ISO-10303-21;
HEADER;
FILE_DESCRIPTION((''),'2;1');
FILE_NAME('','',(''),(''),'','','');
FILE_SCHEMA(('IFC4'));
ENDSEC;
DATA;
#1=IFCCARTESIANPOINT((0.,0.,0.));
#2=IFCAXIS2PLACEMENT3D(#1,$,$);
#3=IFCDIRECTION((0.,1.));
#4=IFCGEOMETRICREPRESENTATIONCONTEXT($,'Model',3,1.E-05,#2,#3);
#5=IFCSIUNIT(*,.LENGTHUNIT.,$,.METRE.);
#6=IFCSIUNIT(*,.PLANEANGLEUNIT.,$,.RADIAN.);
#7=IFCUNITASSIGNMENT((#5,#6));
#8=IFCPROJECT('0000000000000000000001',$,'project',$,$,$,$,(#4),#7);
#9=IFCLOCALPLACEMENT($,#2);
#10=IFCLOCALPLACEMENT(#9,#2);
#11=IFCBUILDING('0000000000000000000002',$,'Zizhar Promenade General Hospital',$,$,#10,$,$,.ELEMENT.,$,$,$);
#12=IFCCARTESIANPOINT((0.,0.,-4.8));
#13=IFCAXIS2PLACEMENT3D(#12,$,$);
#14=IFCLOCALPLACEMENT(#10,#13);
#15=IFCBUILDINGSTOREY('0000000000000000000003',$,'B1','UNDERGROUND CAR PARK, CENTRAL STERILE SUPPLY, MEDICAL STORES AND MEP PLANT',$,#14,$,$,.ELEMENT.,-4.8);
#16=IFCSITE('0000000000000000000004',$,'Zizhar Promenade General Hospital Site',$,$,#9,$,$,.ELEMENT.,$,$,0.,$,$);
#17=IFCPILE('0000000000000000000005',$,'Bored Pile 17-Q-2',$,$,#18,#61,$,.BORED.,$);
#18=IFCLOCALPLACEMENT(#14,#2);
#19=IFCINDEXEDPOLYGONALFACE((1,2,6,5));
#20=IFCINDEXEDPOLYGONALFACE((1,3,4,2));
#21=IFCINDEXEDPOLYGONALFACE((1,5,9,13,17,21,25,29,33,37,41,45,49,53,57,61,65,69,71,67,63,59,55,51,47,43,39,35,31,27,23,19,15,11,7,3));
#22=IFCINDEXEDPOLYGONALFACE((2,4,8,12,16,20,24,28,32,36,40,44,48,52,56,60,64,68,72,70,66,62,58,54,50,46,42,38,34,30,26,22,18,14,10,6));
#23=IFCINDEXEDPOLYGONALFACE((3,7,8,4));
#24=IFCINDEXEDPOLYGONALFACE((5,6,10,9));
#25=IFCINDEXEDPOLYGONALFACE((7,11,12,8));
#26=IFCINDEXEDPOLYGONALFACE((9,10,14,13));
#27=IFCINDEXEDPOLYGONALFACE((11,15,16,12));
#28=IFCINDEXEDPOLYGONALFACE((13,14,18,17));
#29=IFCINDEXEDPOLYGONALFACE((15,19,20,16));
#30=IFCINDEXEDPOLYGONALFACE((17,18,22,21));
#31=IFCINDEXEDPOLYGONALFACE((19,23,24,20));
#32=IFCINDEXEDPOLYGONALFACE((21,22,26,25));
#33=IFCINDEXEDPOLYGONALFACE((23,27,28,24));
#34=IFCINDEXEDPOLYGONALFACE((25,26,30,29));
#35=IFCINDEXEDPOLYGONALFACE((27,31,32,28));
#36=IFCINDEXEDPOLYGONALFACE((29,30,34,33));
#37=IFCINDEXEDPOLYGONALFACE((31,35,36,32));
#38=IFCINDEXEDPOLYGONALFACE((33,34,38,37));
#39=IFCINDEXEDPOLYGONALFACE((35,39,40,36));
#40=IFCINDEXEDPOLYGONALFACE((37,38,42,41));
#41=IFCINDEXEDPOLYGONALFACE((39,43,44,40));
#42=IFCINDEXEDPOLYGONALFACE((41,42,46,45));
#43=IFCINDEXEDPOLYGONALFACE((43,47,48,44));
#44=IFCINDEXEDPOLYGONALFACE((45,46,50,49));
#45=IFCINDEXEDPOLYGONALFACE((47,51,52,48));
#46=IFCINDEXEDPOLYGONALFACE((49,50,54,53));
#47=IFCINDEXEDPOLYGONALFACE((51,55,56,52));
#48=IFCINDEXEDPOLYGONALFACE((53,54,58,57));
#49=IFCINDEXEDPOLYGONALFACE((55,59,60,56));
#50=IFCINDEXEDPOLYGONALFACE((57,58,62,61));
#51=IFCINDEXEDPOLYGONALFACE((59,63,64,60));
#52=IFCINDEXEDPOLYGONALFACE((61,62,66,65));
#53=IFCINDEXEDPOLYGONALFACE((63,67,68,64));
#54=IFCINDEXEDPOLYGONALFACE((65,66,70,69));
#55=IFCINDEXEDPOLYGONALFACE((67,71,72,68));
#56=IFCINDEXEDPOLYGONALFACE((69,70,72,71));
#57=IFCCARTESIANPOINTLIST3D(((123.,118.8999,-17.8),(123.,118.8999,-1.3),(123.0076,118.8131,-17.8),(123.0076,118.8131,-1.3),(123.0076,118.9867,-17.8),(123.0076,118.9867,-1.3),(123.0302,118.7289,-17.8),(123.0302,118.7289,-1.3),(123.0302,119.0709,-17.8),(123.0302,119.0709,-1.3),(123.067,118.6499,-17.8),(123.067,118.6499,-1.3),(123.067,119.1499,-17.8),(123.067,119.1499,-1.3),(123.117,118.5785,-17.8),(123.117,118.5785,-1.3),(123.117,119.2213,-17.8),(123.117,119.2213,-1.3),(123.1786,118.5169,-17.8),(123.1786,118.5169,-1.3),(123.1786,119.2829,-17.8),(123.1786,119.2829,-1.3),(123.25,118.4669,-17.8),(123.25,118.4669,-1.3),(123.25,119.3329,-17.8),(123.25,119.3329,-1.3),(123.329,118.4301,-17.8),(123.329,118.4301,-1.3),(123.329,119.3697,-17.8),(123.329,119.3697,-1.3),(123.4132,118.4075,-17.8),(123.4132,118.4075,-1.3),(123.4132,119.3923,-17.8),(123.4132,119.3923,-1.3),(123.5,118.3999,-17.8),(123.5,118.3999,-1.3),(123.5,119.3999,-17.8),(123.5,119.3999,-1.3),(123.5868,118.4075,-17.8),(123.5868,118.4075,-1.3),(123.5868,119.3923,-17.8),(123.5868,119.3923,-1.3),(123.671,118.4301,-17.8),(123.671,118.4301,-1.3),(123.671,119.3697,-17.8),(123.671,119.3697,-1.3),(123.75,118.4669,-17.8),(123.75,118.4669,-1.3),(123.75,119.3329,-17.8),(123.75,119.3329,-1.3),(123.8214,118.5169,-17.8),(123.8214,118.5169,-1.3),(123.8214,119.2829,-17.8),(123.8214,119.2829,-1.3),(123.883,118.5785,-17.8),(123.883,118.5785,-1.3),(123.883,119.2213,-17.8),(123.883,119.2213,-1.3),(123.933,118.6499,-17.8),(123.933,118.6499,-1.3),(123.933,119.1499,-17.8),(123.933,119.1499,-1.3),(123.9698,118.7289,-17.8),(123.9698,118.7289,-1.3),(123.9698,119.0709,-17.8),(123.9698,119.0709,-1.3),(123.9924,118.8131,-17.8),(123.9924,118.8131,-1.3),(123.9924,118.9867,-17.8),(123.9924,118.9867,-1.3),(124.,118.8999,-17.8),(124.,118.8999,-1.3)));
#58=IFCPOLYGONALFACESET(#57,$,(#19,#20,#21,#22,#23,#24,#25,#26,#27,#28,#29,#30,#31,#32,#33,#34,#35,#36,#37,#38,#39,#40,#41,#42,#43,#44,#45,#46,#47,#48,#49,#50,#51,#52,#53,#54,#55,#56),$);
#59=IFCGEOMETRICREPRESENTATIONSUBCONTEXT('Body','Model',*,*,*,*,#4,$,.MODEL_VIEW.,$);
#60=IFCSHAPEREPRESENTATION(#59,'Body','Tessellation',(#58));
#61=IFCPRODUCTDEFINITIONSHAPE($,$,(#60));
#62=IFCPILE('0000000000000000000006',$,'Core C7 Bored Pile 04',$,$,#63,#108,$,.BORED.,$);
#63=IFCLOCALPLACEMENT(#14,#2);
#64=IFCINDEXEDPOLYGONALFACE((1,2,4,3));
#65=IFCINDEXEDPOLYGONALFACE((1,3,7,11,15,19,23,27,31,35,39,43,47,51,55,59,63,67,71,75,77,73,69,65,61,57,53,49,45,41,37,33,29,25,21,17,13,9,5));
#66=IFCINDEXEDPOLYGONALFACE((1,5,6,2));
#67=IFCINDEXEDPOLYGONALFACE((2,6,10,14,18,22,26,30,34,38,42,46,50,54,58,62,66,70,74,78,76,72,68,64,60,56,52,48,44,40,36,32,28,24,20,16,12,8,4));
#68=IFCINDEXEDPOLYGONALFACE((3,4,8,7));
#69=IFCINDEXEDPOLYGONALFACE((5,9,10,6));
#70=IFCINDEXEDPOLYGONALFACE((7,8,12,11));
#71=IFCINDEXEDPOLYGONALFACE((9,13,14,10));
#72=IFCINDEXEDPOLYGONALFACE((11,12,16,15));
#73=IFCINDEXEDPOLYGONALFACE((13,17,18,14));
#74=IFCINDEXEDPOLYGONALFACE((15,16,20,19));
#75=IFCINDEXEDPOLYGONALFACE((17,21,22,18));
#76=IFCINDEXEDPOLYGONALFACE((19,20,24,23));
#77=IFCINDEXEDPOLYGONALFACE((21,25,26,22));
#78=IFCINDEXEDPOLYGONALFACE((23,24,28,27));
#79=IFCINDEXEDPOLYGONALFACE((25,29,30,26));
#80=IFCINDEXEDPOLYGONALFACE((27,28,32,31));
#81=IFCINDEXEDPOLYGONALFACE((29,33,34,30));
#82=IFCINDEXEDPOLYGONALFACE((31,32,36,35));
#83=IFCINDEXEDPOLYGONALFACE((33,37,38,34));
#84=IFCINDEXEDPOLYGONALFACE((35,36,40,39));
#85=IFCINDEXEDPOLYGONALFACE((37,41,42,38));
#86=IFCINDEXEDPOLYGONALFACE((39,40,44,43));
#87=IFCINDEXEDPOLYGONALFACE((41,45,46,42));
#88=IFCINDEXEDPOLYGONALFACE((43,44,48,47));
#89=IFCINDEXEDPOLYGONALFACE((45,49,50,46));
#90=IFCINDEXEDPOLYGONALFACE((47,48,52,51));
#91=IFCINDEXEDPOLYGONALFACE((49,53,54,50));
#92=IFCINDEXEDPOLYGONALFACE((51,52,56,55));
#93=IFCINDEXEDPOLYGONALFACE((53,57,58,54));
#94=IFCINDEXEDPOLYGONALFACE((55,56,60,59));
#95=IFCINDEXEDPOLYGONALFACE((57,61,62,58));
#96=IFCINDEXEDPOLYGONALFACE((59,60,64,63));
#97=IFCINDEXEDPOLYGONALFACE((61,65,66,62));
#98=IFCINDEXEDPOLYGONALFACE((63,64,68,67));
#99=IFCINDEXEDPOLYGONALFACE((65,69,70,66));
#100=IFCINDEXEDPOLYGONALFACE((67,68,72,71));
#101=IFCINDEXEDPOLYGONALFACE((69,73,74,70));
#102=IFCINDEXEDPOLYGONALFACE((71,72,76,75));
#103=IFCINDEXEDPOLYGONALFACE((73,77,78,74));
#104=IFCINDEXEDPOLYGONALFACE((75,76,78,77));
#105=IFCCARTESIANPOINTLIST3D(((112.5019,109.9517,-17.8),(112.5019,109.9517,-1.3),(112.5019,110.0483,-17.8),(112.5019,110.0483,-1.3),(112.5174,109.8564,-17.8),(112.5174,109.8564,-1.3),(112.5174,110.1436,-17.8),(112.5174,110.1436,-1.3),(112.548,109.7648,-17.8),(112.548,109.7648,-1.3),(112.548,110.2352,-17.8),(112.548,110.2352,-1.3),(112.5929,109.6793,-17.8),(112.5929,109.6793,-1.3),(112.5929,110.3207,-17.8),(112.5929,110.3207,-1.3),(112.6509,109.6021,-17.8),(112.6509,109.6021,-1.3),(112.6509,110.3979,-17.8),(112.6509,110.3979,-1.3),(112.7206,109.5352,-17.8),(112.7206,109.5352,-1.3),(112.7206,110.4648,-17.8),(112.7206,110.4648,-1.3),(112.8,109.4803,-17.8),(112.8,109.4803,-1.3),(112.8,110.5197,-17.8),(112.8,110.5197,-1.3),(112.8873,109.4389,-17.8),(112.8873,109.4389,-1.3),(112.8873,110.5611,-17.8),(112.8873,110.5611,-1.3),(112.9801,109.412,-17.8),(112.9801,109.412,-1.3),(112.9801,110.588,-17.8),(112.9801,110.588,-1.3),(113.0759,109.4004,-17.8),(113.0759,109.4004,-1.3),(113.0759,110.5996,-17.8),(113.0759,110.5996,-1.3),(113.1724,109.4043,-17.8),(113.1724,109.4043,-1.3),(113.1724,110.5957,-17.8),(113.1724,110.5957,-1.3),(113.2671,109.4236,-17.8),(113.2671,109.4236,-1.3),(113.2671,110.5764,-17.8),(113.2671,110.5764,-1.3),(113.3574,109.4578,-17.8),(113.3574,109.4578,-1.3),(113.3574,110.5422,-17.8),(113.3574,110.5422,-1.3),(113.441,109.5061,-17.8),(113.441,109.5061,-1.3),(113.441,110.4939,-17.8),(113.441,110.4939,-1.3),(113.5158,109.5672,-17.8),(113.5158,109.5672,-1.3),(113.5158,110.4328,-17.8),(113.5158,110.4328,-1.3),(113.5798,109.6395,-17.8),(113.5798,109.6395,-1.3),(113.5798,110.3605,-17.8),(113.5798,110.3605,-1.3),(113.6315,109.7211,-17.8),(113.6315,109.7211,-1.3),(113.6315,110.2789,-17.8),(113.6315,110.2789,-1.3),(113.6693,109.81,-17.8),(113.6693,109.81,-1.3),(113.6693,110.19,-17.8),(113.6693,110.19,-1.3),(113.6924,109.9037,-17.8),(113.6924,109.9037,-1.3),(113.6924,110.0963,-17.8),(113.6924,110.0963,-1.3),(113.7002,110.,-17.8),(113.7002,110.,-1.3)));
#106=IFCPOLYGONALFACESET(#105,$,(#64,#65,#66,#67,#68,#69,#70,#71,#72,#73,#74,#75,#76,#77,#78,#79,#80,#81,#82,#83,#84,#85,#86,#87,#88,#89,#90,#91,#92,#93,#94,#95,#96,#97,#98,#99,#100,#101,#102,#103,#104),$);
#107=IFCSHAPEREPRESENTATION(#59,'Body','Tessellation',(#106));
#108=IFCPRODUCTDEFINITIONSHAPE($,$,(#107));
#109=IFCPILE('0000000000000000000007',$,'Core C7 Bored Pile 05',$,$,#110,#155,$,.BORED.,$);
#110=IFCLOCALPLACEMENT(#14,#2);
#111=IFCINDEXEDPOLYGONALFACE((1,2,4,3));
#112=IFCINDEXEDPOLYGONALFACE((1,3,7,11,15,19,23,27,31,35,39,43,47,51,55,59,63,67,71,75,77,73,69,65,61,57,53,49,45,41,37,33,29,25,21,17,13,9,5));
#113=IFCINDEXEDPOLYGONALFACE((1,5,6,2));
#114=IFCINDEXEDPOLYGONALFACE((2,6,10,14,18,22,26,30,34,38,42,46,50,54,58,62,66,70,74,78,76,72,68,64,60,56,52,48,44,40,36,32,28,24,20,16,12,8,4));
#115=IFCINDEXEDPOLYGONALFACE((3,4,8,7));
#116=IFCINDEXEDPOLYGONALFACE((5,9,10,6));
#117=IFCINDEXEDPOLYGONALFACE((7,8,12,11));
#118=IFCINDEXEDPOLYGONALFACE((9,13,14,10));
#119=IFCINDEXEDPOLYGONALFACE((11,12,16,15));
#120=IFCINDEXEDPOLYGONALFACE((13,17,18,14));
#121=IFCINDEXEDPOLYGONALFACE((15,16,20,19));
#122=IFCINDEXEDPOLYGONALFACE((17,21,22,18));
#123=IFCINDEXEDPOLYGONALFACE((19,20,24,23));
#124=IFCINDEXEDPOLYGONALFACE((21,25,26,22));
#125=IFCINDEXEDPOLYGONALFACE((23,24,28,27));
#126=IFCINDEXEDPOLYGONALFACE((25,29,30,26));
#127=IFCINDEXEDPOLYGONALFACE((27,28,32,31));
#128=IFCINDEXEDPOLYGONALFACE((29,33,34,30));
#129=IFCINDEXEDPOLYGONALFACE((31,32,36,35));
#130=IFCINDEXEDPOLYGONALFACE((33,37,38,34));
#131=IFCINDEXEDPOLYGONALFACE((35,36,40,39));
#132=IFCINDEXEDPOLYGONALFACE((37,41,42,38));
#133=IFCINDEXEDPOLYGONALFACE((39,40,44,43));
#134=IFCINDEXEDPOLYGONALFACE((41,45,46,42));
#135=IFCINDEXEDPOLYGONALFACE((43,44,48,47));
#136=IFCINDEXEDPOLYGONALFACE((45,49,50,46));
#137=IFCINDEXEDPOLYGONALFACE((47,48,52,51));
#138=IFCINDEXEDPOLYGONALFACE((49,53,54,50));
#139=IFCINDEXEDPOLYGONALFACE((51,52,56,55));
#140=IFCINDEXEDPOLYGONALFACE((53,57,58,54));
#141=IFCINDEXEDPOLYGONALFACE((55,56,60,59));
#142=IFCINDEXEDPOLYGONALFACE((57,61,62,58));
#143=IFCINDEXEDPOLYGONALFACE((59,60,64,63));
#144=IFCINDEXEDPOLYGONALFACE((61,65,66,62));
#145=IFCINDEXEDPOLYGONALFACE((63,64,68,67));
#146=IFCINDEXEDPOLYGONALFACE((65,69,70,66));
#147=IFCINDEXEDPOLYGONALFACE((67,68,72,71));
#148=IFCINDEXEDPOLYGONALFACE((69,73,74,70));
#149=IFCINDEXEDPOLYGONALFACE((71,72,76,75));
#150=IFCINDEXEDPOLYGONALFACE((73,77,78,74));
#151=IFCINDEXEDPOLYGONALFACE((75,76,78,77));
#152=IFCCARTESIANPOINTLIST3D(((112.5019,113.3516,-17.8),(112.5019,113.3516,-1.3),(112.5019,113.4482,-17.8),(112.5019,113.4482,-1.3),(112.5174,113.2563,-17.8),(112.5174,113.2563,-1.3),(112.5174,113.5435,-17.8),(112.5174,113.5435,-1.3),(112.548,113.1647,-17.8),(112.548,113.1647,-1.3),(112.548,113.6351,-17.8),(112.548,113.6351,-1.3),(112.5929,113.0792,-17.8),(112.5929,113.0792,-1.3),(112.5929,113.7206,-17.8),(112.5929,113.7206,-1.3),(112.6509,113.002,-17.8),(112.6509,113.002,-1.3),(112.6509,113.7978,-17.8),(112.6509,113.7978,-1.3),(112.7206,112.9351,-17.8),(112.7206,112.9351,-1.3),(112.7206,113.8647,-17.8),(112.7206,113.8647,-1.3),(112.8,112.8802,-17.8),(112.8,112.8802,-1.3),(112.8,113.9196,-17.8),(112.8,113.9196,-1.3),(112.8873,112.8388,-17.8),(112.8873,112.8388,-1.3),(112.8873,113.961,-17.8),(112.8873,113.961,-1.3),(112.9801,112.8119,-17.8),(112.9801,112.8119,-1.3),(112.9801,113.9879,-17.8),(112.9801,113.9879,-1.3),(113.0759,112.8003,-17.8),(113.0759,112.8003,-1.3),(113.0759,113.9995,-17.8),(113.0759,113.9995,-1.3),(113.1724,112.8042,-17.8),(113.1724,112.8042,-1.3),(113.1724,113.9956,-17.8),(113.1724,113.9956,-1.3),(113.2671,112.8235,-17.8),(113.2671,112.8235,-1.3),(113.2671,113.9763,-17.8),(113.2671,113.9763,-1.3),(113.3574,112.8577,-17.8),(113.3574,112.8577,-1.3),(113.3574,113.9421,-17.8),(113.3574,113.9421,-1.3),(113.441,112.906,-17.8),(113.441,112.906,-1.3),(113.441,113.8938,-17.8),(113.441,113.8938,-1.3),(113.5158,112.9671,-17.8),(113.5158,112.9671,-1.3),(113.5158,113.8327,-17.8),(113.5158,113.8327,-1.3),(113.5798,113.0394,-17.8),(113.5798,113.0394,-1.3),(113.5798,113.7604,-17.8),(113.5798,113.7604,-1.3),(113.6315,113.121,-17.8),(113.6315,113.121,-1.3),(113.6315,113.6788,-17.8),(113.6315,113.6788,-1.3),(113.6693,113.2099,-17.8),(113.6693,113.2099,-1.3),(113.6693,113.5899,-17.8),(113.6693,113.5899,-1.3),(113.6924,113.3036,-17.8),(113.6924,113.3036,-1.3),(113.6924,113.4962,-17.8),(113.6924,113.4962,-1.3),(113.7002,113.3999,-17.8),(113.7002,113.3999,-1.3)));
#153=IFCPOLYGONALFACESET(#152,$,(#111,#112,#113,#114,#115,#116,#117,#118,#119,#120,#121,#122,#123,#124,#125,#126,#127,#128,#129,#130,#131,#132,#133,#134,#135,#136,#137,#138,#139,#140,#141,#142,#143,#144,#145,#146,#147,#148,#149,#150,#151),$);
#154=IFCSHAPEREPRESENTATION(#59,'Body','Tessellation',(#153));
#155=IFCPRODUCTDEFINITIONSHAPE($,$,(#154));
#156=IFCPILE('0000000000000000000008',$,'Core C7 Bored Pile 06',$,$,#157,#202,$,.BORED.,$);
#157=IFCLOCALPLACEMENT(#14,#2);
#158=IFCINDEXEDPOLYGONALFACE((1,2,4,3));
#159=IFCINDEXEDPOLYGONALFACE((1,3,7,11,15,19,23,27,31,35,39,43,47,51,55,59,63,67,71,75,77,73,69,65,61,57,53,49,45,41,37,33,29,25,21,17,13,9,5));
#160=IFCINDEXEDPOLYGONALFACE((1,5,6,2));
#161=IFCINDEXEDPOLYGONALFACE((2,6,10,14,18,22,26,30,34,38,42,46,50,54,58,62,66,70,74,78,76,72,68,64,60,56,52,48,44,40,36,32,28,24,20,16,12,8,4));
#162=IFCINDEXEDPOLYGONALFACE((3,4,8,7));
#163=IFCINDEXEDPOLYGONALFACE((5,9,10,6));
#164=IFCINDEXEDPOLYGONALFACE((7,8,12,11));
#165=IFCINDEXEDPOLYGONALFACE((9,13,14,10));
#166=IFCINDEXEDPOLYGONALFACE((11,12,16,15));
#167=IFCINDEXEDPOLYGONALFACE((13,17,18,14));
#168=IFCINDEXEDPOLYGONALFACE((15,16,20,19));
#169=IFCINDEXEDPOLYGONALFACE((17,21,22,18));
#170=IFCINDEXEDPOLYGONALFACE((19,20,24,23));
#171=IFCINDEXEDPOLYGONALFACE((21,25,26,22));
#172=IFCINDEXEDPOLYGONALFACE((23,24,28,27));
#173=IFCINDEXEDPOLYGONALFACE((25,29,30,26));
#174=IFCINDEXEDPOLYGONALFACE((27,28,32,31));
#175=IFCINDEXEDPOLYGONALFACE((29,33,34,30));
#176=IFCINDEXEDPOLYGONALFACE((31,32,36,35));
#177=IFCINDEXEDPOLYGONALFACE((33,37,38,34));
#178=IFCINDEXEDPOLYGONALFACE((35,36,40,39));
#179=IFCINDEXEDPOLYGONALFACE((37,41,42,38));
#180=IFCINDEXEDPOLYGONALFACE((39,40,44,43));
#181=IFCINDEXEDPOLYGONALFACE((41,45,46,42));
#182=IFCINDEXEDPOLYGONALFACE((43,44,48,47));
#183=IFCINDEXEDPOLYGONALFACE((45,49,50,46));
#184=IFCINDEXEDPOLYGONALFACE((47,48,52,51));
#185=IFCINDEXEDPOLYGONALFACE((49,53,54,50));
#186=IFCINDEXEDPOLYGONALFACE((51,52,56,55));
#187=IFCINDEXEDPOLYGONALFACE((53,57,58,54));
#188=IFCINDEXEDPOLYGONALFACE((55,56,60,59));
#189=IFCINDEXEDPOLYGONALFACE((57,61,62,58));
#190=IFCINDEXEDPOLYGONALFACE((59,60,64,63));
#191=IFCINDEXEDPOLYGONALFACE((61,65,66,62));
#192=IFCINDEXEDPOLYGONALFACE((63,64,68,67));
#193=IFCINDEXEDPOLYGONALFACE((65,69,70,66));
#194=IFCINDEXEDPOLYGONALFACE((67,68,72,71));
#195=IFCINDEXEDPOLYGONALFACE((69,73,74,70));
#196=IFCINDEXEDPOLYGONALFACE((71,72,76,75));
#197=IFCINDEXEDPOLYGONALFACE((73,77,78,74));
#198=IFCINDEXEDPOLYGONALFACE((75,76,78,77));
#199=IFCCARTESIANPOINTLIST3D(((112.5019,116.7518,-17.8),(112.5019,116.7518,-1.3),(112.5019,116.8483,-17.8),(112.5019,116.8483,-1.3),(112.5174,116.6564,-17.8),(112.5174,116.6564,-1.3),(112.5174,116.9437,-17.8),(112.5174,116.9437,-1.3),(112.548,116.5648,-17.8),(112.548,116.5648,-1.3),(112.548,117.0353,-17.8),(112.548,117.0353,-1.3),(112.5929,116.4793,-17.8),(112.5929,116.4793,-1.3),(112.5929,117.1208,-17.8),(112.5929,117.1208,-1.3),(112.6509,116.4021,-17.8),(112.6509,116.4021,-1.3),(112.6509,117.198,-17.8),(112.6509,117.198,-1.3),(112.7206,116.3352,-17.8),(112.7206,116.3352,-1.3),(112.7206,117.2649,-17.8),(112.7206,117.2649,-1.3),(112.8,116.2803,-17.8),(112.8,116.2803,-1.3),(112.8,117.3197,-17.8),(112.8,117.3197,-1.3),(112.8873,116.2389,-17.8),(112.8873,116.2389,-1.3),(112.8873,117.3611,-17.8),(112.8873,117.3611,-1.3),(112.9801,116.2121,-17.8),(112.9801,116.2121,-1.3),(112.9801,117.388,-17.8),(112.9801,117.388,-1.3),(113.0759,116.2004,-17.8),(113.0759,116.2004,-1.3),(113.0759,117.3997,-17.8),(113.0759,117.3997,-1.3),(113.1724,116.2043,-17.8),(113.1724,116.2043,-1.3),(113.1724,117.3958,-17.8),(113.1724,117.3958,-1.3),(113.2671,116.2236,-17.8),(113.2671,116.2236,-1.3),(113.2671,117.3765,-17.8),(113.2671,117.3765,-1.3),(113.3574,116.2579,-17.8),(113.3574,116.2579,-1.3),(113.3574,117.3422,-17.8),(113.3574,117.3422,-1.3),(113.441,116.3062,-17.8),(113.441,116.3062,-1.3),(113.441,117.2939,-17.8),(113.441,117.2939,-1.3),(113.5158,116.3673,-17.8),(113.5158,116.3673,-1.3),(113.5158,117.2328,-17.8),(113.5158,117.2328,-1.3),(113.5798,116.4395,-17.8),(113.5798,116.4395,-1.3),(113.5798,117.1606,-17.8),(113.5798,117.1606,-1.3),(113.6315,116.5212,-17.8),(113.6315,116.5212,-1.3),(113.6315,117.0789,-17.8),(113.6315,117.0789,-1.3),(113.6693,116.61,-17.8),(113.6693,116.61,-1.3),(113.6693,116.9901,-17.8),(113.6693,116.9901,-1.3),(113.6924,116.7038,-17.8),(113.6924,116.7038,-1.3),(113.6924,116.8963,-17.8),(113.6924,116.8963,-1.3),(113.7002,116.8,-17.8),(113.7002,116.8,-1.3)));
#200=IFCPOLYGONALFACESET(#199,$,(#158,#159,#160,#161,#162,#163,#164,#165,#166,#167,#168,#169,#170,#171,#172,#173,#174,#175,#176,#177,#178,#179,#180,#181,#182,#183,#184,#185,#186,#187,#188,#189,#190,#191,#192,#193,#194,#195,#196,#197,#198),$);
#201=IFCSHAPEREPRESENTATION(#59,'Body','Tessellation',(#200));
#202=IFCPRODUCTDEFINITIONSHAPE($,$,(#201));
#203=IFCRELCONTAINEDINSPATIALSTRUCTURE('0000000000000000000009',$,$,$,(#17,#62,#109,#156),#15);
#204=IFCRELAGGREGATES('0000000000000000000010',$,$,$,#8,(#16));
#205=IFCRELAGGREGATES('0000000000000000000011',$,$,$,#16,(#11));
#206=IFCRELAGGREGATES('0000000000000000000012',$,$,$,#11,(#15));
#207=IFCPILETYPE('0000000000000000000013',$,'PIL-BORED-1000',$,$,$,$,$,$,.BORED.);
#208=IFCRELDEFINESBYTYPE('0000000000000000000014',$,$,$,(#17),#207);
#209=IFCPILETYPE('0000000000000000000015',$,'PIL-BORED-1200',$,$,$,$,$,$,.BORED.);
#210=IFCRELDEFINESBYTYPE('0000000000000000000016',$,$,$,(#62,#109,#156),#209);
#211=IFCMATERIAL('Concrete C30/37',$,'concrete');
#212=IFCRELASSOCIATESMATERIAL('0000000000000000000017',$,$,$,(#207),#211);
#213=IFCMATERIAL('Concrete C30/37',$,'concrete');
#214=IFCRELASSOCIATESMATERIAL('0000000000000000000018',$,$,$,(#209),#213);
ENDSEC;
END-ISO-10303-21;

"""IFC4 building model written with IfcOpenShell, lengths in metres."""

from ifc_helpers import new_model, si_unit, direction, frame, origin, origin_2d, place, context, subcontext, project, spatial, circle, extrude, material, material_profile, profile_set, type_object, element, save


model = new_model("IFC4")

# Units and contexts
model_context = context("Model", 3, precision=1e-05, world=origin(), true_north=direction((0.0, 1.0)))
body_context = subcontext(model_context, "Body", "Model", "MODEL_VIEW")
ifc_project = project(units=[si_unit("LENGTHUNIT", "METRE"), si_unit("PLANEANGLEUNIT", "RADIAN")], contexts=[model_context])

# Site, building, storey
site_placement = place(None, origin())
site = spatial("IfcSite", under=ifc_project, at=site_placement, Name="Zizhar Promenade General Hospital Site", CompositionType="ELEMENT", RefElevation=0.0)
building_placement = place(site_placement, origin())
building = spatial("IfcBuilding", under=site, at=building_placement, Name="Zizhar Promenade General Hospital", CompositionType="ELEMENT")
storey_placement = place(building_placement, frame((0.0, 0.0, -4.8)))
storey = spatial("IfcBuildingStorey", under=building, at=storey_placement, Name="B1", Description="UNDERGROUND CAR PARK, CENTRAL STERILE SUPPLY, MEDICAL STORES AND MEP PLANT", CompositionType="ELEMENT", Elevation=-4.8)

# Piles
ifc_material_1 = material(Name="Concrete C30/37", Category="concrete")
ifc_material_profile_1 = material_profile(ifc_material_1, circle(Radius=0.5, at=origin_2d()))
ifc_profile_set_1 = profile_set([ifc_material_profile_1], Name="Concrete C30/37")
pile_type_1 = type_object("IfcPileType", Name="PIL-BORED-1000", PredefinedType="BORED", material=ifc_profile_set_1)
for number, where, z_axis, x_axis, name in (
    (1, (123.5, 118.8999, -1.3), (0.0, 0.0, -1.0), (1.0, 0.0, 0.0), "Bored Pile 17-Q-2"),
):
    element("IfcPile", number, at=place(storey_placement, frame(where, z_axis=z_axis, x_axis=x_axis)), inside=storey, type_object=pile_type_1, Name=name, PredefinedType="BORED", context=body_context, shape_type="SweptSolid", body=[
        extrude(circle(Radius=0.5, at=origin_2d()), origin(), (0.0, 0.0, 1.0), 16.5),
    ])
ifc_material_2 = material(Name="Concrete C30/37", Category="concrete")
ifc_material_profile_2 = material_profile(ifc_material_2, circle(Radius=0.6001, at=origin_2d()))
ifc_profile_set_2 = profile_set([ifc_material_profile_2], Name="Concrete C30/37")
pile_type_2 = type_object("IfcPileType", Name="PIL-BORED-1200", PredefinedType="BORED", material=ifc_profile_set_2)
for number, where, z_axis, x_axis, name in (
    (2, (113.1001, 110.0, -1.3), (0.0, 0.0, -1.0), (1.0, 0.0, 0.0), "Core C7 Bored Pile 04"),
    (3, (113.1001, 113.3999, -1.3), (0.0, 0.0, -1.0), (1.0, 0.0, 0.0), "Core C7 Bored Pile 05"),
    (4, (113.1001, 116.8, -1.3), (0.0, 0.0, -1.0), (1.0, 0.0, 0.0), "Core C7 Bored Pile 06"),
):
    element("IfcPile", number, at=place(storey_placement, frame(where, z_axis=z_axis, x_axis=x_axis)), inside=storey, type_object=pile_type_2, Name=name, PredefinedType="BORED", context=body_context, shape_type="SweptSolid", body=[
        extrude(circle(Radius=0.6001, at=origin_2d()), origin(), (0.0, 0.0, 1.0), 16.5),
    ])

save(model, "model.ifc")
